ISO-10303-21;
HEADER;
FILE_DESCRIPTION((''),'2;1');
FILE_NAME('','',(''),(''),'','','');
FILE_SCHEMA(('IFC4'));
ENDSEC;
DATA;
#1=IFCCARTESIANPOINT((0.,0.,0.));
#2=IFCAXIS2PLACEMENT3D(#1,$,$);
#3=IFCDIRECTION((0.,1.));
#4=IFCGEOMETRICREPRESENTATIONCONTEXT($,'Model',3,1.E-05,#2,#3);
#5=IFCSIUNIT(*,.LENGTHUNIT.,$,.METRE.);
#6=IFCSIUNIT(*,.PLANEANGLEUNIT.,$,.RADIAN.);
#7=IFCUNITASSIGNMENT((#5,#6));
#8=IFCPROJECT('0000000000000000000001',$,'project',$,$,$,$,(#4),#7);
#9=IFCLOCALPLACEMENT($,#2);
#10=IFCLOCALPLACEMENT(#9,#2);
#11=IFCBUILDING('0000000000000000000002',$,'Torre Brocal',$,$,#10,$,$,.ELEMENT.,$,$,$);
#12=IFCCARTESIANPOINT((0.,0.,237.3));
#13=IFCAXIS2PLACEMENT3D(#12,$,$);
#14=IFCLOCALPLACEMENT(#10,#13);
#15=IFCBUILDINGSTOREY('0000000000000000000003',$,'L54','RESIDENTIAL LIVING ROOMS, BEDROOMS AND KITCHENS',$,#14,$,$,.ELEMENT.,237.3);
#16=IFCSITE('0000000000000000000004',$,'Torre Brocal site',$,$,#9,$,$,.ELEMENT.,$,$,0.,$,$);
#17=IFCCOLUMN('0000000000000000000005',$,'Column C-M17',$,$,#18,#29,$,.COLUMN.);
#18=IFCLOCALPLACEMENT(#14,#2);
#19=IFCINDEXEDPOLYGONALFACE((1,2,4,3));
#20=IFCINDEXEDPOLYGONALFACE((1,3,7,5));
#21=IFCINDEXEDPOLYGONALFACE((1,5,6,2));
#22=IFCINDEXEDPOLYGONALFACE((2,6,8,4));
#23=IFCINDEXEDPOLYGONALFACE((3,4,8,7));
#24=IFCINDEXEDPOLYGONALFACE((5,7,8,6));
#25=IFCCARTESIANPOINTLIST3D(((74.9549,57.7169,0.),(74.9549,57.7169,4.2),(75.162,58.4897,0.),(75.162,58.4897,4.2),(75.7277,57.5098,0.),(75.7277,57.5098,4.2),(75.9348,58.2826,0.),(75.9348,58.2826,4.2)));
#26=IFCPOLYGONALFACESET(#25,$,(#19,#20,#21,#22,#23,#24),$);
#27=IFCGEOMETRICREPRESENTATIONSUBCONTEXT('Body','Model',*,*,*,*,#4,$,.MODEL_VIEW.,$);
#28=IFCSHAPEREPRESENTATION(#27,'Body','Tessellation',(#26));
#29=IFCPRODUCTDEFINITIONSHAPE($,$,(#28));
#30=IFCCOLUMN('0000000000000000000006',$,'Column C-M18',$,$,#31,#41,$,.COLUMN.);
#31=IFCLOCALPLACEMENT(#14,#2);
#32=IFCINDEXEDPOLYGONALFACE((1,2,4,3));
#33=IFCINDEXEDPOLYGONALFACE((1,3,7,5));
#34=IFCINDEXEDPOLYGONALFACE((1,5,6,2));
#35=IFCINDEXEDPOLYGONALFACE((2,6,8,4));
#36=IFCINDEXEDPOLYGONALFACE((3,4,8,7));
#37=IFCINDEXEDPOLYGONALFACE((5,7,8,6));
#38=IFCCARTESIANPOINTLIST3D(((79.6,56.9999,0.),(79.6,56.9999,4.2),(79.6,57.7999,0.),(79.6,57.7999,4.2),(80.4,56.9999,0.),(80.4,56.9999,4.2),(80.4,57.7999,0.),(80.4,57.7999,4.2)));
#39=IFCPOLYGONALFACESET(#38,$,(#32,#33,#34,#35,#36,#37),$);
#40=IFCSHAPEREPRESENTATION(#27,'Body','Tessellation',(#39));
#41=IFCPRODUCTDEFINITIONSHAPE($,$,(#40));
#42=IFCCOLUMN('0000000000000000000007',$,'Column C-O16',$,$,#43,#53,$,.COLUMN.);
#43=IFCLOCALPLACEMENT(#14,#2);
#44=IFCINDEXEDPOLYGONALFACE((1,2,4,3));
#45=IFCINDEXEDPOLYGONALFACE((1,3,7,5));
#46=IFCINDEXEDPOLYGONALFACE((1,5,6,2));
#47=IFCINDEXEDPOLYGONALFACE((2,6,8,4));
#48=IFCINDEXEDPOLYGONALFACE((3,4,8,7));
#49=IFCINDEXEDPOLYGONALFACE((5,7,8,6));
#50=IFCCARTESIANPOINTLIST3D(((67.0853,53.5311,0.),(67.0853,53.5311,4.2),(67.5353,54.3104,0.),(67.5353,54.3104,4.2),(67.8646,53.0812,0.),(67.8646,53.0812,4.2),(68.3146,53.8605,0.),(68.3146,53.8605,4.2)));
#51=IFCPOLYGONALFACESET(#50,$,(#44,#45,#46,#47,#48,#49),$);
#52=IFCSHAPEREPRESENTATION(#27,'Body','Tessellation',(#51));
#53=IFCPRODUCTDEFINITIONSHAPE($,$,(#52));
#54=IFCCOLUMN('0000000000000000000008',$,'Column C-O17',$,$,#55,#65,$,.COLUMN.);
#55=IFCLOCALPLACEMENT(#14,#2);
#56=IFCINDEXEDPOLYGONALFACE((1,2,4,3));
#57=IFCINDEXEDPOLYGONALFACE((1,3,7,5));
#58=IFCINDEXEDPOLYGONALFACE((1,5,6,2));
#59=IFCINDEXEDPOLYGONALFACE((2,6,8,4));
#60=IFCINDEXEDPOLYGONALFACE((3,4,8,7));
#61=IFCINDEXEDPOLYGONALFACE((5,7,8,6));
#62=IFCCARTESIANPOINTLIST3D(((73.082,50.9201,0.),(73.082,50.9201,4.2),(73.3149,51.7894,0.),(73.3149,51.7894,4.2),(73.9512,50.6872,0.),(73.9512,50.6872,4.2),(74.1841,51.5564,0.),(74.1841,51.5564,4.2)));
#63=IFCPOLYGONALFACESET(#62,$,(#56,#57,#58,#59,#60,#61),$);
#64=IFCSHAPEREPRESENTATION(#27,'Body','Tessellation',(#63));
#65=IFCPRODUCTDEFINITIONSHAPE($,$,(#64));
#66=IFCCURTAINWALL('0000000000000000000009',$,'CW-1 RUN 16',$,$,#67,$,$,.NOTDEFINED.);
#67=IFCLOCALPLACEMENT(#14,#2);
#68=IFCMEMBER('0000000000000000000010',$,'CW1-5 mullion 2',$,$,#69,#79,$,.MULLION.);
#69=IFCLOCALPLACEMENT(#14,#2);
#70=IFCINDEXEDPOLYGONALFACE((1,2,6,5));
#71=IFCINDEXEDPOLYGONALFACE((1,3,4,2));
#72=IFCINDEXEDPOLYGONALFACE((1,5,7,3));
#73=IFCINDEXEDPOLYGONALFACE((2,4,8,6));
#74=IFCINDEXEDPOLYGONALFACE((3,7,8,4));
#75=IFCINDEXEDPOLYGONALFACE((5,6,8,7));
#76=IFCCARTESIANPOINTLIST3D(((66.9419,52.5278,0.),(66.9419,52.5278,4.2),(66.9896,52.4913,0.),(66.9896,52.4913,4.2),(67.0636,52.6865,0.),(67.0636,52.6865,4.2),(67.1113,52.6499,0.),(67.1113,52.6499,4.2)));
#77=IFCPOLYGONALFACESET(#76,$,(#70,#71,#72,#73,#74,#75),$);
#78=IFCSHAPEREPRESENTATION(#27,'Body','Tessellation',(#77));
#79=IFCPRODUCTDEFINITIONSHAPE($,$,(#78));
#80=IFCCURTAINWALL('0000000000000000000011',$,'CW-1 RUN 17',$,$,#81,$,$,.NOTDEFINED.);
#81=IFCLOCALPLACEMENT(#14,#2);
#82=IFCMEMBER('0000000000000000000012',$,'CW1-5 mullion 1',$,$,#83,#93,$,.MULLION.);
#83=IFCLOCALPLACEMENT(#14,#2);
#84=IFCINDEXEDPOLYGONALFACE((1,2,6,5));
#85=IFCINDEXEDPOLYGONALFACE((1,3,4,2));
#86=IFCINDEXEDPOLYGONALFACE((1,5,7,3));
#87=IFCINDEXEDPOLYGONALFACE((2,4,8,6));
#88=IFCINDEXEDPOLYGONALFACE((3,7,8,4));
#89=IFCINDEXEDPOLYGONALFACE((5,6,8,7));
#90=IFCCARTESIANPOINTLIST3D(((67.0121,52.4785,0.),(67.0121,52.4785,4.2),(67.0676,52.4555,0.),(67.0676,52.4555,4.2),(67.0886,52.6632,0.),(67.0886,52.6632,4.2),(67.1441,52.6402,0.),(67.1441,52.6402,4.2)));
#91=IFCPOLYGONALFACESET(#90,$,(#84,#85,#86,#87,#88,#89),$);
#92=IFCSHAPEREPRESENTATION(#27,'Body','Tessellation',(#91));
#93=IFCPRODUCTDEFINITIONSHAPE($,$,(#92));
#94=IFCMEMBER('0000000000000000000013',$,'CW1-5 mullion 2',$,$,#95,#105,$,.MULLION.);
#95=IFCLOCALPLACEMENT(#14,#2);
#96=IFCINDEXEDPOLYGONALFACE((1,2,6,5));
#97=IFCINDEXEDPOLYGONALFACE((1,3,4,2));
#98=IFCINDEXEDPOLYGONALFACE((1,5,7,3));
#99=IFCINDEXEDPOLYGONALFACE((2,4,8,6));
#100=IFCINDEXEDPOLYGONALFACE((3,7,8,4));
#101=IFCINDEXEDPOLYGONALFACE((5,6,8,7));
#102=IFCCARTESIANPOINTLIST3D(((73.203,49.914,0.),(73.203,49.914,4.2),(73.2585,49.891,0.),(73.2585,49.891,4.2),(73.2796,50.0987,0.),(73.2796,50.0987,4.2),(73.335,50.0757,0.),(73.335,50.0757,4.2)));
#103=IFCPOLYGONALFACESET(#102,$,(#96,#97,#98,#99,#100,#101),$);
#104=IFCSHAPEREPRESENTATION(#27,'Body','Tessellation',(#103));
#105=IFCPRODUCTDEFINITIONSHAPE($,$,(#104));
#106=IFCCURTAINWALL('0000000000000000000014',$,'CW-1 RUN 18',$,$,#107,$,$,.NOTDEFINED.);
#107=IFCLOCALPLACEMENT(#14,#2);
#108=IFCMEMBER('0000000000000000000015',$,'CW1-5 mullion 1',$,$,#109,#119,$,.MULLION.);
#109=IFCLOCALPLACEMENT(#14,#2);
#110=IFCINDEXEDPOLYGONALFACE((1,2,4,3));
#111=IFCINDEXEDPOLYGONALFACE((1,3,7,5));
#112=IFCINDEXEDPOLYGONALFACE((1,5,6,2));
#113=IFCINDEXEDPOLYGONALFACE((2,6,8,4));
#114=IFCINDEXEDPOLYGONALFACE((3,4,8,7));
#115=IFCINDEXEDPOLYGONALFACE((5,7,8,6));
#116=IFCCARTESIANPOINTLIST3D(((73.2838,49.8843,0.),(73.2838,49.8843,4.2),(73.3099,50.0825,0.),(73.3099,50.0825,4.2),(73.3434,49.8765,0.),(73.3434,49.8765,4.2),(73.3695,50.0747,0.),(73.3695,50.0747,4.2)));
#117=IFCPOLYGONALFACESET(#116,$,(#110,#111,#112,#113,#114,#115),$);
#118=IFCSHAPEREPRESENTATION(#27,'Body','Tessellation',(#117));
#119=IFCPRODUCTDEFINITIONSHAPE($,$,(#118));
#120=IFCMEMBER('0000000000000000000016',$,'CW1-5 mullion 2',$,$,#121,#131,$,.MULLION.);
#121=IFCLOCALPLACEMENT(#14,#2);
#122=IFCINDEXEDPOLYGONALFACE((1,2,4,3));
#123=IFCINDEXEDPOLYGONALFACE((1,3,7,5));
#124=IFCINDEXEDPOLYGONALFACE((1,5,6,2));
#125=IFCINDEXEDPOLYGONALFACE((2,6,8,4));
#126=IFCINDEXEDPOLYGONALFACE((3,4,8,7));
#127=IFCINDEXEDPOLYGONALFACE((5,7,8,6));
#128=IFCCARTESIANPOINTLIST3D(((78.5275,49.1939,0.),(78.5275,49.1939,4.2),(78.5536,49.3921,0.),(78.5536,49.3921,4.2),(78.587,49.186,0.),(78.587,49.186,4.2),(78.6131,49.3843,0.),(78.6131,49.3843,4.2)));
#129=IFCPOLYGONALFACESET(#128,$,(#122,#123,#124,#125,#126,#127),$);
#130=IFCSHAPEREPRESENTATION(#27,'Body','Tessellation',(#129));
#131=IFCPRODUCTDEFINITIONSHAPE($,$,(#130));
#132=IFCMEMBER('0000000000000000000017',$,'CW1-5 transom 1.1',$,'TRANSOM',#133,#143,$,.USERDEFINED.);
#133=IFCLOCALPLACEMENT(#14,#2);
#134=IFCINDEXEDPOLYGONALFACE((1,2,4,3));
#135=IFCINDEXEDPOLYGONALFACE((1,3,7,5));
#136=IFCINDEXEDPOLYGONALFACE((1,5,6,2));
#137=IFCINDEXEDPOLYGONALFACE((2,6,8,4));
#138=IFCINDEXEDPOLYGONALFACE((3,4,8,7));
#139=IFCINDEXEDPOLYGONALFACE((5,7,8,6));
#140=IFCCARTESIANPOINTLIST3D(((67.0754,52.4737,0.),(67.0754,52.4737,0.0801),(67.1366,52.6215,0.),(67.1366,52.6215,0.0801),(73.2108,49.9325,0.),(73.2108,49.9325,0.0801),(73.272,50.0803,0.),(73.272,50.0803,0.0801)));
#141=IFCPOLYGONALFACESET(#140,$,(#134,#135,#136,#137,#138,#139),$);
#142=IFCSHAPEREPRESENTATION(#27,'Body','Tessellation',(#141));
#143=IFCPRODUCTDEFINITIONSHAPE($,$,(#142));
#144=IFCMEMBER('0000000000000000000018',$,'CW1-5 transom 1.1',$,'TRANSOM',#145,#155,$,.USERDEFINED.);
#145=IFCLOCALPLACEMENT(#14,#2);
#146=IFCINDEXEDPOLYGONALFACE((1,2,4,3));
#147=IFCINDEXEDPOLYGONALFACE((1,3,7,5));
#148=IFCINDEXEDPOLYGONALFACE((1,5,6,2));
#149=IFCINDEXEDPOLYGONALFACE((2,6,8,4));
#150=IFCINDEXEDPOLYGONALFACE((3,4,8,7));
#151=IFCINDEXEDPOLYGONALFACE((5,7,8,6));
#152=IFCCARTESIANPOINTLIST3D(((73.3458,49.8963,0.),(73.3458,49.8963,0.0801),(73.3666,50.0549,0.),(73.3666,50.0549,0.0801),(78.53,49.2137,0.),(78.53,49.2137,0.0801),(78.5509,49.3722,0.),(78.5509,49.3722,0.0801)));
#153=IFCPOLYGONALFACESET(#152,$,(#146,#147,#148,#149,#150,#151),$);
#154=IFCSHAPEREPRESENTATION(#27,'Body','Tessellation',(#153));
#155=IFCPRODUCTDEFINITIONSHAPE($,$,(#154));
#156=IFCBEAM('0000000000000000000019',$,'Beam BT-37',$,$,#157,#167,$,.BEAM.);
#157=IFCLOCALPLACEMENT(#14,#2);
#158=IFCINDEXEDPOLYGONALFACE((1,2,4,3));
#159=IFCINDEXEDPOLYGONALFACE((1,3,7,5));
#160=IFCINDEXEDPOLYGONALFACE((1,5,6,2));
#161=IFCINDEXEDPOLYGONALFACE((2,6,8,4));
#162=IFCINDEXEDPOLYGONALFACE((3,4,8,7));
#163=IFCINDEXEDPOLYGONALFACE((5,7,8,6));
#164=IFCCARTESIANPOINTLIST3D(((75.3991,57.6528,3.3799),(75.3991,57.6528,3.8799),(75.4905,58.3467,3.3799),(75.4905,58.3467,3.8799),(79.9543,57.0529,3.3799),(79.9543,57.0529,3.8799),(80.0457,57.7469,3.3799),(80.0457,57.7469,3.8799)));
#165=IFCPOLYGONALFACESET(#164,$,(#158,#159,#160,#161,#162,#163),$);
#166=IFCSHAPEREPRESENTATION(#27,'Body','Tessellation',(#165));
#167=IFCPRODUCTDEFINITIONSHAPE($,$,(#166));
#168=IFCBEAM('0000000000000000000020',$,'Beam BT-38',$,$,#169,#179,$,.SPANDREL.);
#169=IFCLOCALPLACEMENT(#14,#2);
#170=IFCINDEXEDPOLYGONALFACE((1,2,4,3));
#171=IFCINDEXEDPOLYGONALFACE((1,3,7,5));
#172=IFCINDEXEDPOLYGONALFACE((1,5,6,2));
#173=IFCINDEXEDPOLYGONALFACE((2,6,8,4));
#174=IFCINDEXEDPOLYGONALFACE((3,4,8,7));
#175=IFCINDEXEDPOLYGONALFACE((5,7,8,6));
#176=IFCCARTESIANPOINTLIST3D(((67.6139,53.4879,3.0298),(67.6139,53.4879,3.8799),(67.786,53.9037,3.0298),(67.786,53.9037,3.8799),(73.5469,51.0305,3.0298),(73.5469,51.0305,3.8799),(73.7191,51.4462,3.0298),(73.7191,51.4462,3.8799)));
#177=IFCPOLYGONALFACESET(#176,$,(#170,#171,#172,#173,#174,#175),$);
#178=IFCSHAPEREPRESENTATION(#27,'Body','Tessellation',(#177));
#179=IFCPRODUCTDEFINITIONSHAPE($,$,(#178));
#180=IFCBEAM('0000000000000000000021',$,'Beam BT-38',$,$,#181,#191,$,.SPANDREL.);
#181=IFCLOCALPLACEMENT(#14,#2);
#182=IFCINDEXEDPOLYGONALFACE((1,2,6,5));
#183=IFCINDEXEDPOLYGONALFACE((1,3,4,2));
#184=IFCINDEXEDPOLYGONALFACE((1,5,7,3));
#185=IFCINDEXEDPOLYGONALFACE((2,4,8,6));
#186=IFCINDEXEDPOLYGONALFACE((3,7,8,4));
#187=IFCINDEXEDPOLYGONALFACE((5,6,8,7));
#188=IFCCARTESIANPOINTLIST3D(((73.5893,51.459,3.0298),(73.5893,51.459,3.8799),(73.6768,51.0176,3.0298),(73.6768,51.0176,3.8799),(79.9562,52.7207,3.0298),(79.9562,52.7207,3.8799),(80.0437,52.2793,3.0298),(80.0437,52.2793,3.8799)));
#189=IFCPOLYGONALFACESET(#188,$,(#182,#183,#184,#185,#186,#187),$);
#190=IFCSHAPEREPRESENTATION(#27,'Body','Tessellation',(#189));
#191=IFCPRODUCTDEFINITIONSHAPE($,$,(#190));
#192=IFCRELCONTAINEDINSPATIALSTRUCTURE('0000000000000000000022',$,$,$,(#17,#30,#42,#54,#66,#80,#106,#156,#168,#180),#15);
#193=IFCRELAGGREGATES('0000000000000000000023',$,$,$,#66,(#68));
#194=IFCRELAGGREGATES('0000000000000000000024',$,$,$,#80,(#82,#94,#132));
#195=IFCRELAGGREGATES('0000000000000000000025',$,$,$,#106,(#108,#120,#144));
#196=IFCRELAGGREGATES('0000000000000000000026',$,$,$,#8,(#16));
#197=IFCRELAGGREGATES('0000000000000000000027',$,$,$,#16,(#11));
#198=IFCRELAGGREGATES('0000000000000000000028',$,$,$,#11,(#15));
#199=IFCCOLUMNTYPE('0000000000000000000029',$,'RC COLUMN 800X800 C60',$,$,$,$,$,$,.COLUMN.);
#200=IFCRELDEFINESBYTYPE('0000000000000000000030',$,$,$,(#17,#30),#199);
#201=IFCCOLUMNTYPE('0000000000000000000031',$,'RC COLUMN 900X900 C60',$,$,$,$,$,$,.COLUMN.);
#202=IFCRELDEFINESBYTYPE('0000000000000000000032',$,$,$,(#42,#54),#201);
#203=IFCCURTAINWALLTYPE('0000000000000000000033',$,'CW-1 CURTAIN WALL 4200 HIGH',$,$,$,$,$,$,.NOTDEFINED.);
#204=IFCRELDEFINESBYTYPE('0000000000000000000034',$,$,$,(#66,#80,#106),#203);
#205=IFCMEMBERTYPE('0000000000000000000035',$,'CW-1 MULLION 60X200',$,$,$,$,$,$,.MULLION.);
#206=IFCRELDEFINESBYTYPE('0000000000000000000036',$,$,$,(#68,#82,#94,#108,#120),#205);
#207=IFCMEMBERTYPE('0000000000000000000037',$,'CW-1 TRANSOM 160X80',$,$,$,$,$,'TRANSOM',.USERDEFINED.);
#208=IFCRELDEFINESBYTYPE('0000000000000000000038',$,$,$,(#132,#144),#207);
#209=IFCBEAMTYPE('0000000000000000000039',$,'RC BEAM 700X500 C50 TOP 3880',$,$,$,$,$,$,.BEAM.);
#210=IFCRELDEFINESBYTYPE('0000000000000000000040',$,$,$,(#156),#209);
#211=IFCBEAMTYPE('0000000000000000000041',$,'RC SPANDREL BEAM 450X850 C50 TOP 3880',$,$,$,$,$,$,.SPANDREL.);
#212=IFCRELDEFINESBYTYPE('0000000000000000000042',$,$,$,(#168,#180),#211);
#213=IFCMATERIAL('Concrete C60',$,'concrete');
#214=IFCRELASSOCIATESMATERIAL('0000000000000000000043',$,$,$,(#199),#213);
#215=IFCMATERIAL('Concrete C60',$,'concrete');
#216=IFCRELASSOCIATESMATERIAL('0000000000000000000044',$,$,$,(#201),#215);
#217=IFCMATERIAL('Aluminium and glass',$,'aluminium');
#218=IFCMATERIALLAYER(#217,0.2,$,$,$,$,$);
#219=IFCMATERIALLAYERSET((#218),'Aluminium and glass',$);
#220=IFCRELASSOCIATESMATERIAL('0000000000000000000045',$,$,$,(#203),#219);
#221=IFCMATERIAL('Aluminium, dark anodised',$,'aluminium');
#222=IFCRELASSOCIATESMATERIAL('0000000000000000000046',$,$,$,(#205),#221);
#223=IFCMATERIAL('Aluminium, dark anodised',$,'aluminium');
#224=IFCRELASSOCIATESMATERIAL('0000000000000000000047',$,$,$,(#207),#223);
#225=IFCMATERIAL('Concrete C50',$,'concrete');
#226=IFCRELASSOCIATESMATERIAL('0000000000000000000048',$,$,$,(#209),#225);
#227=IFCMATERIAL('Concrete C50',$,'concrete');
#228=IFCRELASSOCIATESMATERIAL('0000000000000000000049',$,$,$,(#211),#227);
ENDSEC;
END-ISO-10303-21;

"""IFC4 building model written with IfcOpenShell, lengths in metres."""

from ifc_helpers import new_model, si_unit, direction, frame, origin, origin_2d, place, context, subcontext, project, spatial, rectangle, extrude, material, layer, layer_set, material_profile, profile_set, type_object, element, aggregate, save


model = new_model("IFC4")

# Units and contexts
model_context = context("Model", 3, precision=1e-05, world=origin(), true_north=direction((0.0, 1.0)))
body_context = subcontext(model_context, "Body", "Model", "MODEL_VIEW")
ifc_project = project(units=[si_unit("LENGTHUNIT", "METRE"), si_unit("PLANEANGLEUNIT", "RADIAN")], contexts=[model_context])

# Site, building, storey
site_placement = place(None, origin())
site = spatial("IfcSite", under=ifc_project, at=site_placement, Name="Torre Brocal site", CompositionType="ELEMENT", RefElevation=0.0)
building_placement = place(site_placement, origin())
building = spatial("IfcBuilding", under=site, at=building_placement, Name="Torre Brocal", CompositionType="ELEMENT")
storey_placement = place(building_placement, frame((0.0, 0.0, 237.3)))
storey = spatial("IfcBuildingStorey", under=building, at=storey_placement, Name="L54", Description="RESIDENTIAL LIVING ROOMS, BEDROOMS AND KITCHENS", CompositionType="ELEMENT", Elevation=237.3)

# Columns
ifc_material_1 = material(Name="Concrete C60", Category="concrete")
ifc_material_profile_1 = material_profile(ifc_material_1, rectangle(XDim=0.8, YDim=0.8, at=origin_2d()), Name="RC 800X800")
ifc_profile_set_1 = profile_set([ifc_material_profile_1], Name="Concrete C60")
column_type_1 = type_object("IfcColumnType", Name="RC COLUMN 800X800 C60", PredefinedType="COLUMN", material=ifc_profile_set_1)
for number, where, z_axis, x_axis, name in (
    (1, (75.4448, 57.9998, 0.0), (0.0, 0.0, 1.0), (-0.258819, -0.965926, 0.0), "Column C-M17"),
    (2, (80.0, 57.3999, 0.0), (0.0, 0.0, 1.0), (0.0, -1.0, 0.0), "Column C-M18"),
):
    element("IfcColumn", number, at=place(storey_placement, frame(where, z_axis=z_axis, x_axis=x_axis)), inside=storey, type_object=column_type_1, Name=name, PredefinedType="COLUMN", context=body_context, shape_type="SweptSolid", body=[
        extrude(rectangle(XDim=0.8, YDim=0.8, at=origin_2d()), origin(), (0.0, 0.0, 1.0), 4.2),
    ])
ifc_material_2 = material(Name="Concrete C60", Category="concrete")
ifc_material_profile_2 = material_profile(ifc_material_2, rectangle(XDim=0.8999, YDim=0.8999, at=origin_2d()), Name="RC 900X900")
ifc_profile_set_2 = profile_set([ifc_material_profile_2], Name="Concrete C60")
column_type_2 = type_object("IfcColumnType", Name="RC COLUMN 900X900 C60", PredefinedType="COLUMN", material=ifc_profile_set_2)
for number, where, z_axis, x_axis, name in (
    (3, (67.7, 53.6958, 0.0), (0.0, 0.0, 1.0), (-0.5, -0.866025, 0.0), "Column C-O16"),
    (4, (73.6331, 51.2383, 0.0), (0.0, 0.0, 1.0), (-0.258819, -0.965926, 0.0), "Column C-O17"),
):
    element("IfcColumn", number, at=place(storey_placement, frame(where, z_axis=z_axis, x_axis=x_axis)), inside=storey, type_object=column_type_2, Name=name, PredefinedType="COLUMN", context=body_context, shape_type="SweptSolid", body=[
        extrude(rectangle(XDim=0.8999, YDim=0.8999, at=origin_2d()), origin(), (0.0, 0.0, 1.0), 4.2),
    ])

# Curtain wall, member
ifc_material_3 = material(Name="Aluminium and glass", Category="aluminium")
ifc_layer_1 = layer(ifc_material_3, 0.2)
ifc_layer_set_1 = layer_set([ifc_layer_1], Name="Aluminium and glass")
curtain_wall_type = type_object("IfcCurtainWallType", Name="CW-1 CURTAIN WALL 4200 HIGH", PredefinedType="NOTDEFINED", material=ifc_layer_set_1)
curtain_wall_1_placement = place(storey_placement, origin())
curtain_wall_1 = element("IfcCurtainWall", 5, at=curtain_wall_1_placement, inside=storey, type_object=curtain_wall_type, Name="CW-1 RUN 16", PredefinedType="NOTDEFINED")
ifc_material_4 = material(Name="Aluminium, dark anodised", Category="aluminium")
ifc_material_profile_3 = material_profile(ifc_material_4, rectangle(XDim=0.2, YDim=0.0601, at=origin_2d()), Name="CW-1 MULLION 60X200")
ifc_profile_set_3 = profile_set([ifc_material_profile_3], Name="Aluminium, dark anodised")
member_type_1 = type_object("IfcMemberType", Name="CW-1 MULLION 60X200", PredefinedType="MULLION", material=ifc_profile_set_3)
member_1_placement = place(storey_placement, frame((67.0266, 52.5889, 0.0), z_axis=(0.0, 0.0, 1.0), x_axis=(0.608761, 0.793353, 0.0)))
member_1 = element("IfcMember", 6, at=member_1_placement, type_object=member_type_1, Name="CW1-5 mullion 2", PredefinedType="MULLION", context=body_context, shape_type="SweptSolid", body=[
    extrude(rectangle(XDim=0.2, YDim=0.0601, at=origin_2d()), origin(), (0.0, 0.0, 1.0), 4.2),
])
aggregate(curtain_wall_1, [member_1])

# Curtain walls, members
curtain_wall_2_placement = place(storey_placement, origin())
curtain_wall_2 = element("IfcCurtainWall", 7, at=curtain_wall_2_placement, inside=storey, type_object=curtain_wall_type, Name="CW-1 RUN 17", PredefinedType="NOTDEFINED")
member_2_placement = place(storey_placement, frame((67.0781, 52.5593, 0.0), z_axis=(0.0, 0.0, 1.0), x_axis=(0.382683, 0.92388, 0.0)))
member_2 = element("IfcMember", 8, at=member_2_placement, type_object=member_type_1, Name="CW1-5 mullion 1", PredefinedType="MULLION", context=body_context, shape_type="SweptSolid", body=[
    extrude(rectangle(XDim=0.2, YDim=0.0601, at=origin_2d()), origin(), (0.0, 0.0, 1.0), 4.2),
])
member_3_placement = place(storey_placement, frame((73.269, 49.9949, 0.0), z_axis=(0.0, 0.0, 1.0), x_axis=(0.382683, 0.92388, 0.0)))
member_3 = element("IfcMember", 9, at=member_3_placement, type_object=member_type_1, Name="CW1-5 mullion 2", PredefinedType="MULLION", context=body_context, shape_type="SweptSolid", body=[
    extrude(rectangle(XDim=0.2, YDim=0.0601, at=origin_2d()), origin(), (0.0, 0.0, 1.0), 4.2),
])
curtain_wall_3_placement = place(storey_placement, origin())
curtain_wall_3 = element("IfcCurtainWall", 10, at=curtain_wall_3_placement, inside=storey, type_object=curtain_wall_type, Name="CW-1 RUN 18", PredefinedType="NOTDEFINED")
member_4_placement = place(storey_placement, frame((73.3267, 49.9795, 0.0), z_axis=(0.0, 0.0, 1.0), x_axis=(0.130526, 0.991445, 0.0)))
member_4 = element("IfcMember", 11, at=member_4_placement, type_object=member_type_1, Name="CW1-5 mullion 1", PredefinedType="MULLION", context=body_context, shape_type="SweptSolid", body=[
    extrude(rectangle(XDim=0.2, YDim=0.0601, at=origin_2d()), origin(), (0.0, 0.0, 1.0), 4.2),
])
member_5_placement = place(storey_placement, frame((78.5703, 49.2891, 0.0), z_axis=(0.0, 0.0, 1.0), x_axis=(0.130526, 0.991445, 0.0)))
member_5 = element("IfcMember", 12, at=member_5_placement, type_object=member_type_1, Name="CW1-5 mullion 2", PredefinedType="MULLION", context=body_context, shape_type="SweptSolid", body=[
    extrude(rectangle(XDim=0.2, YDim=0.0601, at=origin_2d()), origin(), (0.0, 0.0, 1.0), 4.2),
])

# Members
ifc_material_5 = material(Name="Aluminium, dark anodised", Category="aluminium")
ifc_material_profile_4 = material_profile(ifc_material_5, rectangle(XDim=0.1599, YDim=0.0801, at=origin_2d()), Name="CW-1 TRANSOM 160X80")
ifc_profile_set_4 = profile_set([ifc_material_profile_4], Name="Aluminium, dark anodised")
member_type_2 = type_object("IfcMemberType", Name="CW-1 TRANSOM 160X80", ElementType="TRANSOM", PredefinedType="USERDEFINED", material=ifc_profile_set_4)
member_6_placement = place(storey_placement, frame((67.106, 52.5476, 0.04), z_axis=(0.923887, -0.382665, 0.0), x_axis=(0.382665, 0.923887, 0.0)))
member_6 = element("IfcMember", 13, at=member_6_placement, type_object=member_type_2, Name="CW1-5 transom 1.1", ObjectType="TRANSOM", PredefinedType="USERDEFINED", context=body_context, shape_type="SweptSolid", body=[
    extrude(rectangle(XDim=0.1599, YDim=0.0801, at=origin_2d()), origin(), (0.0, 0.0, 1.0), 6.6409),
])
member_7_placement = place(storey_placement, frame((73.3562, 49.9756, 0.04), z_axis=(0.991443, -0.130543, 0.0), x_axis=(0.130543, 0.991443, 0.0)))
member_7 = element("IfcMember", 14, at=member_7_placement, type_object=member_type_2, Name="CW1-5 transom 1.1", ObjectType="TRANSOM", PredefinedType="USERDEFINED", context=body_context, shape_type="SweptSolid", body=[
    extrude(rectangle(XDim=0.1599, YDim=0.0801, at=origin_2d()), origin(), (0.0, 0.0, 1.0), 5.229),
])

# Beams
ifc_material_6 = material(Name="Concrete C50", Category="concrete")
ifc_material_profile_5 = material_profile(ifc_material_6, rectangle(XDim=0.7, YDim=0.5, at=origin_2d()), Name="RC 700X500")
ifc_profile_set_5 = profile_set([ifc_material_profile_5], Name="Concrete C50")
beam_type_1 = type_object("IfcBeamType", Name="RC BEAM 700X500 C50 TOP 3880", PredefinedType="BEAM", material=ifc_profile_set_5)
beam_1_placement = place(storey_placement, frame((75.4448, 57.9998, 3.6299), z_axis=(0.991441, -0.130559, 0.0), x_axis=(0.130559, 0.991441, 0.0)))
element("IfcBeam", 15, at=beam_1_placement, inside=storey, type_object=beam_type_1, Name="Beam BT-37", PredefinedType="BEAM", context=body_context, shape_type="SweptSolid", body=[
    extrude(rectangle(XDim=0.7, YDim=0.5, at=origin_2d()), origin(), (0.0, 0.0, 1.0), 4.5945),
])
ifc_material_7 = material(Name="Concrete C50", Category="concrete")
ifc_material_profile_6 = material_profile(ifc_material_7, rectangle(XDim=0.45, YDim=0.8501, at=origin_2d()), Name="RC 450X850")
ifc_profile_set_6 = profile_set([ifc_material_profile_6], Name="Concrete C50")
beam_type_2 = type_object("IfcBeamType", Name="RC SPANDREL BEAM 450X850 C50 TOP 3880", PredefinedType="SPANDREL", material=ifc_profile_set_6)
beam_2_placement = place(storey_placement, frame((67.7, 53.6958, 3.4548), z_axis=(0.923882, -0.382676, 0.0), x_axis=(0.382676, 0.923882, 0.0)))
element("IfcBeam", 16, at=beam_2_placement, inside=storey, type_object=beam_type_2, Name="Beam BT-38", PredefinedType="SPANDREL", context=body_context, shape_type="SweptSolid", body=[
    extrude(rectangle(XDim=0.45, YDim=0.8501, at=origin_2d()), origin(), (0.0, 0.0, 1.0), 6.4219),
])
beam_3_placement = place(storey_placement, frame((73.6331, 51.2383, 3.4548), z_axis=(0.980925, 0.194387, 0.0), x_axis=(-0.194387, 0.980925, 0.0)))
element("IfcBeam", 17, at=beam_3_placement, inside=storey, type_object=beam_type_2, Name="Beam BT-38", PredefinedType="SPANDREL", context=body_context, shape_type="SweptSolid", body=[
    extrude(rectangle(XDim=0.45, YDim=0.8501, at=origin_2d()), origin(), (0.0, 0.0, 1.0), 6.4907),
])

aggregate(curtain_wall_2, [member_2, member_3, member_6])
aggregate(curtain_wall_3, [member_4, member_5, member_7])

save(model, "model.ifc")
